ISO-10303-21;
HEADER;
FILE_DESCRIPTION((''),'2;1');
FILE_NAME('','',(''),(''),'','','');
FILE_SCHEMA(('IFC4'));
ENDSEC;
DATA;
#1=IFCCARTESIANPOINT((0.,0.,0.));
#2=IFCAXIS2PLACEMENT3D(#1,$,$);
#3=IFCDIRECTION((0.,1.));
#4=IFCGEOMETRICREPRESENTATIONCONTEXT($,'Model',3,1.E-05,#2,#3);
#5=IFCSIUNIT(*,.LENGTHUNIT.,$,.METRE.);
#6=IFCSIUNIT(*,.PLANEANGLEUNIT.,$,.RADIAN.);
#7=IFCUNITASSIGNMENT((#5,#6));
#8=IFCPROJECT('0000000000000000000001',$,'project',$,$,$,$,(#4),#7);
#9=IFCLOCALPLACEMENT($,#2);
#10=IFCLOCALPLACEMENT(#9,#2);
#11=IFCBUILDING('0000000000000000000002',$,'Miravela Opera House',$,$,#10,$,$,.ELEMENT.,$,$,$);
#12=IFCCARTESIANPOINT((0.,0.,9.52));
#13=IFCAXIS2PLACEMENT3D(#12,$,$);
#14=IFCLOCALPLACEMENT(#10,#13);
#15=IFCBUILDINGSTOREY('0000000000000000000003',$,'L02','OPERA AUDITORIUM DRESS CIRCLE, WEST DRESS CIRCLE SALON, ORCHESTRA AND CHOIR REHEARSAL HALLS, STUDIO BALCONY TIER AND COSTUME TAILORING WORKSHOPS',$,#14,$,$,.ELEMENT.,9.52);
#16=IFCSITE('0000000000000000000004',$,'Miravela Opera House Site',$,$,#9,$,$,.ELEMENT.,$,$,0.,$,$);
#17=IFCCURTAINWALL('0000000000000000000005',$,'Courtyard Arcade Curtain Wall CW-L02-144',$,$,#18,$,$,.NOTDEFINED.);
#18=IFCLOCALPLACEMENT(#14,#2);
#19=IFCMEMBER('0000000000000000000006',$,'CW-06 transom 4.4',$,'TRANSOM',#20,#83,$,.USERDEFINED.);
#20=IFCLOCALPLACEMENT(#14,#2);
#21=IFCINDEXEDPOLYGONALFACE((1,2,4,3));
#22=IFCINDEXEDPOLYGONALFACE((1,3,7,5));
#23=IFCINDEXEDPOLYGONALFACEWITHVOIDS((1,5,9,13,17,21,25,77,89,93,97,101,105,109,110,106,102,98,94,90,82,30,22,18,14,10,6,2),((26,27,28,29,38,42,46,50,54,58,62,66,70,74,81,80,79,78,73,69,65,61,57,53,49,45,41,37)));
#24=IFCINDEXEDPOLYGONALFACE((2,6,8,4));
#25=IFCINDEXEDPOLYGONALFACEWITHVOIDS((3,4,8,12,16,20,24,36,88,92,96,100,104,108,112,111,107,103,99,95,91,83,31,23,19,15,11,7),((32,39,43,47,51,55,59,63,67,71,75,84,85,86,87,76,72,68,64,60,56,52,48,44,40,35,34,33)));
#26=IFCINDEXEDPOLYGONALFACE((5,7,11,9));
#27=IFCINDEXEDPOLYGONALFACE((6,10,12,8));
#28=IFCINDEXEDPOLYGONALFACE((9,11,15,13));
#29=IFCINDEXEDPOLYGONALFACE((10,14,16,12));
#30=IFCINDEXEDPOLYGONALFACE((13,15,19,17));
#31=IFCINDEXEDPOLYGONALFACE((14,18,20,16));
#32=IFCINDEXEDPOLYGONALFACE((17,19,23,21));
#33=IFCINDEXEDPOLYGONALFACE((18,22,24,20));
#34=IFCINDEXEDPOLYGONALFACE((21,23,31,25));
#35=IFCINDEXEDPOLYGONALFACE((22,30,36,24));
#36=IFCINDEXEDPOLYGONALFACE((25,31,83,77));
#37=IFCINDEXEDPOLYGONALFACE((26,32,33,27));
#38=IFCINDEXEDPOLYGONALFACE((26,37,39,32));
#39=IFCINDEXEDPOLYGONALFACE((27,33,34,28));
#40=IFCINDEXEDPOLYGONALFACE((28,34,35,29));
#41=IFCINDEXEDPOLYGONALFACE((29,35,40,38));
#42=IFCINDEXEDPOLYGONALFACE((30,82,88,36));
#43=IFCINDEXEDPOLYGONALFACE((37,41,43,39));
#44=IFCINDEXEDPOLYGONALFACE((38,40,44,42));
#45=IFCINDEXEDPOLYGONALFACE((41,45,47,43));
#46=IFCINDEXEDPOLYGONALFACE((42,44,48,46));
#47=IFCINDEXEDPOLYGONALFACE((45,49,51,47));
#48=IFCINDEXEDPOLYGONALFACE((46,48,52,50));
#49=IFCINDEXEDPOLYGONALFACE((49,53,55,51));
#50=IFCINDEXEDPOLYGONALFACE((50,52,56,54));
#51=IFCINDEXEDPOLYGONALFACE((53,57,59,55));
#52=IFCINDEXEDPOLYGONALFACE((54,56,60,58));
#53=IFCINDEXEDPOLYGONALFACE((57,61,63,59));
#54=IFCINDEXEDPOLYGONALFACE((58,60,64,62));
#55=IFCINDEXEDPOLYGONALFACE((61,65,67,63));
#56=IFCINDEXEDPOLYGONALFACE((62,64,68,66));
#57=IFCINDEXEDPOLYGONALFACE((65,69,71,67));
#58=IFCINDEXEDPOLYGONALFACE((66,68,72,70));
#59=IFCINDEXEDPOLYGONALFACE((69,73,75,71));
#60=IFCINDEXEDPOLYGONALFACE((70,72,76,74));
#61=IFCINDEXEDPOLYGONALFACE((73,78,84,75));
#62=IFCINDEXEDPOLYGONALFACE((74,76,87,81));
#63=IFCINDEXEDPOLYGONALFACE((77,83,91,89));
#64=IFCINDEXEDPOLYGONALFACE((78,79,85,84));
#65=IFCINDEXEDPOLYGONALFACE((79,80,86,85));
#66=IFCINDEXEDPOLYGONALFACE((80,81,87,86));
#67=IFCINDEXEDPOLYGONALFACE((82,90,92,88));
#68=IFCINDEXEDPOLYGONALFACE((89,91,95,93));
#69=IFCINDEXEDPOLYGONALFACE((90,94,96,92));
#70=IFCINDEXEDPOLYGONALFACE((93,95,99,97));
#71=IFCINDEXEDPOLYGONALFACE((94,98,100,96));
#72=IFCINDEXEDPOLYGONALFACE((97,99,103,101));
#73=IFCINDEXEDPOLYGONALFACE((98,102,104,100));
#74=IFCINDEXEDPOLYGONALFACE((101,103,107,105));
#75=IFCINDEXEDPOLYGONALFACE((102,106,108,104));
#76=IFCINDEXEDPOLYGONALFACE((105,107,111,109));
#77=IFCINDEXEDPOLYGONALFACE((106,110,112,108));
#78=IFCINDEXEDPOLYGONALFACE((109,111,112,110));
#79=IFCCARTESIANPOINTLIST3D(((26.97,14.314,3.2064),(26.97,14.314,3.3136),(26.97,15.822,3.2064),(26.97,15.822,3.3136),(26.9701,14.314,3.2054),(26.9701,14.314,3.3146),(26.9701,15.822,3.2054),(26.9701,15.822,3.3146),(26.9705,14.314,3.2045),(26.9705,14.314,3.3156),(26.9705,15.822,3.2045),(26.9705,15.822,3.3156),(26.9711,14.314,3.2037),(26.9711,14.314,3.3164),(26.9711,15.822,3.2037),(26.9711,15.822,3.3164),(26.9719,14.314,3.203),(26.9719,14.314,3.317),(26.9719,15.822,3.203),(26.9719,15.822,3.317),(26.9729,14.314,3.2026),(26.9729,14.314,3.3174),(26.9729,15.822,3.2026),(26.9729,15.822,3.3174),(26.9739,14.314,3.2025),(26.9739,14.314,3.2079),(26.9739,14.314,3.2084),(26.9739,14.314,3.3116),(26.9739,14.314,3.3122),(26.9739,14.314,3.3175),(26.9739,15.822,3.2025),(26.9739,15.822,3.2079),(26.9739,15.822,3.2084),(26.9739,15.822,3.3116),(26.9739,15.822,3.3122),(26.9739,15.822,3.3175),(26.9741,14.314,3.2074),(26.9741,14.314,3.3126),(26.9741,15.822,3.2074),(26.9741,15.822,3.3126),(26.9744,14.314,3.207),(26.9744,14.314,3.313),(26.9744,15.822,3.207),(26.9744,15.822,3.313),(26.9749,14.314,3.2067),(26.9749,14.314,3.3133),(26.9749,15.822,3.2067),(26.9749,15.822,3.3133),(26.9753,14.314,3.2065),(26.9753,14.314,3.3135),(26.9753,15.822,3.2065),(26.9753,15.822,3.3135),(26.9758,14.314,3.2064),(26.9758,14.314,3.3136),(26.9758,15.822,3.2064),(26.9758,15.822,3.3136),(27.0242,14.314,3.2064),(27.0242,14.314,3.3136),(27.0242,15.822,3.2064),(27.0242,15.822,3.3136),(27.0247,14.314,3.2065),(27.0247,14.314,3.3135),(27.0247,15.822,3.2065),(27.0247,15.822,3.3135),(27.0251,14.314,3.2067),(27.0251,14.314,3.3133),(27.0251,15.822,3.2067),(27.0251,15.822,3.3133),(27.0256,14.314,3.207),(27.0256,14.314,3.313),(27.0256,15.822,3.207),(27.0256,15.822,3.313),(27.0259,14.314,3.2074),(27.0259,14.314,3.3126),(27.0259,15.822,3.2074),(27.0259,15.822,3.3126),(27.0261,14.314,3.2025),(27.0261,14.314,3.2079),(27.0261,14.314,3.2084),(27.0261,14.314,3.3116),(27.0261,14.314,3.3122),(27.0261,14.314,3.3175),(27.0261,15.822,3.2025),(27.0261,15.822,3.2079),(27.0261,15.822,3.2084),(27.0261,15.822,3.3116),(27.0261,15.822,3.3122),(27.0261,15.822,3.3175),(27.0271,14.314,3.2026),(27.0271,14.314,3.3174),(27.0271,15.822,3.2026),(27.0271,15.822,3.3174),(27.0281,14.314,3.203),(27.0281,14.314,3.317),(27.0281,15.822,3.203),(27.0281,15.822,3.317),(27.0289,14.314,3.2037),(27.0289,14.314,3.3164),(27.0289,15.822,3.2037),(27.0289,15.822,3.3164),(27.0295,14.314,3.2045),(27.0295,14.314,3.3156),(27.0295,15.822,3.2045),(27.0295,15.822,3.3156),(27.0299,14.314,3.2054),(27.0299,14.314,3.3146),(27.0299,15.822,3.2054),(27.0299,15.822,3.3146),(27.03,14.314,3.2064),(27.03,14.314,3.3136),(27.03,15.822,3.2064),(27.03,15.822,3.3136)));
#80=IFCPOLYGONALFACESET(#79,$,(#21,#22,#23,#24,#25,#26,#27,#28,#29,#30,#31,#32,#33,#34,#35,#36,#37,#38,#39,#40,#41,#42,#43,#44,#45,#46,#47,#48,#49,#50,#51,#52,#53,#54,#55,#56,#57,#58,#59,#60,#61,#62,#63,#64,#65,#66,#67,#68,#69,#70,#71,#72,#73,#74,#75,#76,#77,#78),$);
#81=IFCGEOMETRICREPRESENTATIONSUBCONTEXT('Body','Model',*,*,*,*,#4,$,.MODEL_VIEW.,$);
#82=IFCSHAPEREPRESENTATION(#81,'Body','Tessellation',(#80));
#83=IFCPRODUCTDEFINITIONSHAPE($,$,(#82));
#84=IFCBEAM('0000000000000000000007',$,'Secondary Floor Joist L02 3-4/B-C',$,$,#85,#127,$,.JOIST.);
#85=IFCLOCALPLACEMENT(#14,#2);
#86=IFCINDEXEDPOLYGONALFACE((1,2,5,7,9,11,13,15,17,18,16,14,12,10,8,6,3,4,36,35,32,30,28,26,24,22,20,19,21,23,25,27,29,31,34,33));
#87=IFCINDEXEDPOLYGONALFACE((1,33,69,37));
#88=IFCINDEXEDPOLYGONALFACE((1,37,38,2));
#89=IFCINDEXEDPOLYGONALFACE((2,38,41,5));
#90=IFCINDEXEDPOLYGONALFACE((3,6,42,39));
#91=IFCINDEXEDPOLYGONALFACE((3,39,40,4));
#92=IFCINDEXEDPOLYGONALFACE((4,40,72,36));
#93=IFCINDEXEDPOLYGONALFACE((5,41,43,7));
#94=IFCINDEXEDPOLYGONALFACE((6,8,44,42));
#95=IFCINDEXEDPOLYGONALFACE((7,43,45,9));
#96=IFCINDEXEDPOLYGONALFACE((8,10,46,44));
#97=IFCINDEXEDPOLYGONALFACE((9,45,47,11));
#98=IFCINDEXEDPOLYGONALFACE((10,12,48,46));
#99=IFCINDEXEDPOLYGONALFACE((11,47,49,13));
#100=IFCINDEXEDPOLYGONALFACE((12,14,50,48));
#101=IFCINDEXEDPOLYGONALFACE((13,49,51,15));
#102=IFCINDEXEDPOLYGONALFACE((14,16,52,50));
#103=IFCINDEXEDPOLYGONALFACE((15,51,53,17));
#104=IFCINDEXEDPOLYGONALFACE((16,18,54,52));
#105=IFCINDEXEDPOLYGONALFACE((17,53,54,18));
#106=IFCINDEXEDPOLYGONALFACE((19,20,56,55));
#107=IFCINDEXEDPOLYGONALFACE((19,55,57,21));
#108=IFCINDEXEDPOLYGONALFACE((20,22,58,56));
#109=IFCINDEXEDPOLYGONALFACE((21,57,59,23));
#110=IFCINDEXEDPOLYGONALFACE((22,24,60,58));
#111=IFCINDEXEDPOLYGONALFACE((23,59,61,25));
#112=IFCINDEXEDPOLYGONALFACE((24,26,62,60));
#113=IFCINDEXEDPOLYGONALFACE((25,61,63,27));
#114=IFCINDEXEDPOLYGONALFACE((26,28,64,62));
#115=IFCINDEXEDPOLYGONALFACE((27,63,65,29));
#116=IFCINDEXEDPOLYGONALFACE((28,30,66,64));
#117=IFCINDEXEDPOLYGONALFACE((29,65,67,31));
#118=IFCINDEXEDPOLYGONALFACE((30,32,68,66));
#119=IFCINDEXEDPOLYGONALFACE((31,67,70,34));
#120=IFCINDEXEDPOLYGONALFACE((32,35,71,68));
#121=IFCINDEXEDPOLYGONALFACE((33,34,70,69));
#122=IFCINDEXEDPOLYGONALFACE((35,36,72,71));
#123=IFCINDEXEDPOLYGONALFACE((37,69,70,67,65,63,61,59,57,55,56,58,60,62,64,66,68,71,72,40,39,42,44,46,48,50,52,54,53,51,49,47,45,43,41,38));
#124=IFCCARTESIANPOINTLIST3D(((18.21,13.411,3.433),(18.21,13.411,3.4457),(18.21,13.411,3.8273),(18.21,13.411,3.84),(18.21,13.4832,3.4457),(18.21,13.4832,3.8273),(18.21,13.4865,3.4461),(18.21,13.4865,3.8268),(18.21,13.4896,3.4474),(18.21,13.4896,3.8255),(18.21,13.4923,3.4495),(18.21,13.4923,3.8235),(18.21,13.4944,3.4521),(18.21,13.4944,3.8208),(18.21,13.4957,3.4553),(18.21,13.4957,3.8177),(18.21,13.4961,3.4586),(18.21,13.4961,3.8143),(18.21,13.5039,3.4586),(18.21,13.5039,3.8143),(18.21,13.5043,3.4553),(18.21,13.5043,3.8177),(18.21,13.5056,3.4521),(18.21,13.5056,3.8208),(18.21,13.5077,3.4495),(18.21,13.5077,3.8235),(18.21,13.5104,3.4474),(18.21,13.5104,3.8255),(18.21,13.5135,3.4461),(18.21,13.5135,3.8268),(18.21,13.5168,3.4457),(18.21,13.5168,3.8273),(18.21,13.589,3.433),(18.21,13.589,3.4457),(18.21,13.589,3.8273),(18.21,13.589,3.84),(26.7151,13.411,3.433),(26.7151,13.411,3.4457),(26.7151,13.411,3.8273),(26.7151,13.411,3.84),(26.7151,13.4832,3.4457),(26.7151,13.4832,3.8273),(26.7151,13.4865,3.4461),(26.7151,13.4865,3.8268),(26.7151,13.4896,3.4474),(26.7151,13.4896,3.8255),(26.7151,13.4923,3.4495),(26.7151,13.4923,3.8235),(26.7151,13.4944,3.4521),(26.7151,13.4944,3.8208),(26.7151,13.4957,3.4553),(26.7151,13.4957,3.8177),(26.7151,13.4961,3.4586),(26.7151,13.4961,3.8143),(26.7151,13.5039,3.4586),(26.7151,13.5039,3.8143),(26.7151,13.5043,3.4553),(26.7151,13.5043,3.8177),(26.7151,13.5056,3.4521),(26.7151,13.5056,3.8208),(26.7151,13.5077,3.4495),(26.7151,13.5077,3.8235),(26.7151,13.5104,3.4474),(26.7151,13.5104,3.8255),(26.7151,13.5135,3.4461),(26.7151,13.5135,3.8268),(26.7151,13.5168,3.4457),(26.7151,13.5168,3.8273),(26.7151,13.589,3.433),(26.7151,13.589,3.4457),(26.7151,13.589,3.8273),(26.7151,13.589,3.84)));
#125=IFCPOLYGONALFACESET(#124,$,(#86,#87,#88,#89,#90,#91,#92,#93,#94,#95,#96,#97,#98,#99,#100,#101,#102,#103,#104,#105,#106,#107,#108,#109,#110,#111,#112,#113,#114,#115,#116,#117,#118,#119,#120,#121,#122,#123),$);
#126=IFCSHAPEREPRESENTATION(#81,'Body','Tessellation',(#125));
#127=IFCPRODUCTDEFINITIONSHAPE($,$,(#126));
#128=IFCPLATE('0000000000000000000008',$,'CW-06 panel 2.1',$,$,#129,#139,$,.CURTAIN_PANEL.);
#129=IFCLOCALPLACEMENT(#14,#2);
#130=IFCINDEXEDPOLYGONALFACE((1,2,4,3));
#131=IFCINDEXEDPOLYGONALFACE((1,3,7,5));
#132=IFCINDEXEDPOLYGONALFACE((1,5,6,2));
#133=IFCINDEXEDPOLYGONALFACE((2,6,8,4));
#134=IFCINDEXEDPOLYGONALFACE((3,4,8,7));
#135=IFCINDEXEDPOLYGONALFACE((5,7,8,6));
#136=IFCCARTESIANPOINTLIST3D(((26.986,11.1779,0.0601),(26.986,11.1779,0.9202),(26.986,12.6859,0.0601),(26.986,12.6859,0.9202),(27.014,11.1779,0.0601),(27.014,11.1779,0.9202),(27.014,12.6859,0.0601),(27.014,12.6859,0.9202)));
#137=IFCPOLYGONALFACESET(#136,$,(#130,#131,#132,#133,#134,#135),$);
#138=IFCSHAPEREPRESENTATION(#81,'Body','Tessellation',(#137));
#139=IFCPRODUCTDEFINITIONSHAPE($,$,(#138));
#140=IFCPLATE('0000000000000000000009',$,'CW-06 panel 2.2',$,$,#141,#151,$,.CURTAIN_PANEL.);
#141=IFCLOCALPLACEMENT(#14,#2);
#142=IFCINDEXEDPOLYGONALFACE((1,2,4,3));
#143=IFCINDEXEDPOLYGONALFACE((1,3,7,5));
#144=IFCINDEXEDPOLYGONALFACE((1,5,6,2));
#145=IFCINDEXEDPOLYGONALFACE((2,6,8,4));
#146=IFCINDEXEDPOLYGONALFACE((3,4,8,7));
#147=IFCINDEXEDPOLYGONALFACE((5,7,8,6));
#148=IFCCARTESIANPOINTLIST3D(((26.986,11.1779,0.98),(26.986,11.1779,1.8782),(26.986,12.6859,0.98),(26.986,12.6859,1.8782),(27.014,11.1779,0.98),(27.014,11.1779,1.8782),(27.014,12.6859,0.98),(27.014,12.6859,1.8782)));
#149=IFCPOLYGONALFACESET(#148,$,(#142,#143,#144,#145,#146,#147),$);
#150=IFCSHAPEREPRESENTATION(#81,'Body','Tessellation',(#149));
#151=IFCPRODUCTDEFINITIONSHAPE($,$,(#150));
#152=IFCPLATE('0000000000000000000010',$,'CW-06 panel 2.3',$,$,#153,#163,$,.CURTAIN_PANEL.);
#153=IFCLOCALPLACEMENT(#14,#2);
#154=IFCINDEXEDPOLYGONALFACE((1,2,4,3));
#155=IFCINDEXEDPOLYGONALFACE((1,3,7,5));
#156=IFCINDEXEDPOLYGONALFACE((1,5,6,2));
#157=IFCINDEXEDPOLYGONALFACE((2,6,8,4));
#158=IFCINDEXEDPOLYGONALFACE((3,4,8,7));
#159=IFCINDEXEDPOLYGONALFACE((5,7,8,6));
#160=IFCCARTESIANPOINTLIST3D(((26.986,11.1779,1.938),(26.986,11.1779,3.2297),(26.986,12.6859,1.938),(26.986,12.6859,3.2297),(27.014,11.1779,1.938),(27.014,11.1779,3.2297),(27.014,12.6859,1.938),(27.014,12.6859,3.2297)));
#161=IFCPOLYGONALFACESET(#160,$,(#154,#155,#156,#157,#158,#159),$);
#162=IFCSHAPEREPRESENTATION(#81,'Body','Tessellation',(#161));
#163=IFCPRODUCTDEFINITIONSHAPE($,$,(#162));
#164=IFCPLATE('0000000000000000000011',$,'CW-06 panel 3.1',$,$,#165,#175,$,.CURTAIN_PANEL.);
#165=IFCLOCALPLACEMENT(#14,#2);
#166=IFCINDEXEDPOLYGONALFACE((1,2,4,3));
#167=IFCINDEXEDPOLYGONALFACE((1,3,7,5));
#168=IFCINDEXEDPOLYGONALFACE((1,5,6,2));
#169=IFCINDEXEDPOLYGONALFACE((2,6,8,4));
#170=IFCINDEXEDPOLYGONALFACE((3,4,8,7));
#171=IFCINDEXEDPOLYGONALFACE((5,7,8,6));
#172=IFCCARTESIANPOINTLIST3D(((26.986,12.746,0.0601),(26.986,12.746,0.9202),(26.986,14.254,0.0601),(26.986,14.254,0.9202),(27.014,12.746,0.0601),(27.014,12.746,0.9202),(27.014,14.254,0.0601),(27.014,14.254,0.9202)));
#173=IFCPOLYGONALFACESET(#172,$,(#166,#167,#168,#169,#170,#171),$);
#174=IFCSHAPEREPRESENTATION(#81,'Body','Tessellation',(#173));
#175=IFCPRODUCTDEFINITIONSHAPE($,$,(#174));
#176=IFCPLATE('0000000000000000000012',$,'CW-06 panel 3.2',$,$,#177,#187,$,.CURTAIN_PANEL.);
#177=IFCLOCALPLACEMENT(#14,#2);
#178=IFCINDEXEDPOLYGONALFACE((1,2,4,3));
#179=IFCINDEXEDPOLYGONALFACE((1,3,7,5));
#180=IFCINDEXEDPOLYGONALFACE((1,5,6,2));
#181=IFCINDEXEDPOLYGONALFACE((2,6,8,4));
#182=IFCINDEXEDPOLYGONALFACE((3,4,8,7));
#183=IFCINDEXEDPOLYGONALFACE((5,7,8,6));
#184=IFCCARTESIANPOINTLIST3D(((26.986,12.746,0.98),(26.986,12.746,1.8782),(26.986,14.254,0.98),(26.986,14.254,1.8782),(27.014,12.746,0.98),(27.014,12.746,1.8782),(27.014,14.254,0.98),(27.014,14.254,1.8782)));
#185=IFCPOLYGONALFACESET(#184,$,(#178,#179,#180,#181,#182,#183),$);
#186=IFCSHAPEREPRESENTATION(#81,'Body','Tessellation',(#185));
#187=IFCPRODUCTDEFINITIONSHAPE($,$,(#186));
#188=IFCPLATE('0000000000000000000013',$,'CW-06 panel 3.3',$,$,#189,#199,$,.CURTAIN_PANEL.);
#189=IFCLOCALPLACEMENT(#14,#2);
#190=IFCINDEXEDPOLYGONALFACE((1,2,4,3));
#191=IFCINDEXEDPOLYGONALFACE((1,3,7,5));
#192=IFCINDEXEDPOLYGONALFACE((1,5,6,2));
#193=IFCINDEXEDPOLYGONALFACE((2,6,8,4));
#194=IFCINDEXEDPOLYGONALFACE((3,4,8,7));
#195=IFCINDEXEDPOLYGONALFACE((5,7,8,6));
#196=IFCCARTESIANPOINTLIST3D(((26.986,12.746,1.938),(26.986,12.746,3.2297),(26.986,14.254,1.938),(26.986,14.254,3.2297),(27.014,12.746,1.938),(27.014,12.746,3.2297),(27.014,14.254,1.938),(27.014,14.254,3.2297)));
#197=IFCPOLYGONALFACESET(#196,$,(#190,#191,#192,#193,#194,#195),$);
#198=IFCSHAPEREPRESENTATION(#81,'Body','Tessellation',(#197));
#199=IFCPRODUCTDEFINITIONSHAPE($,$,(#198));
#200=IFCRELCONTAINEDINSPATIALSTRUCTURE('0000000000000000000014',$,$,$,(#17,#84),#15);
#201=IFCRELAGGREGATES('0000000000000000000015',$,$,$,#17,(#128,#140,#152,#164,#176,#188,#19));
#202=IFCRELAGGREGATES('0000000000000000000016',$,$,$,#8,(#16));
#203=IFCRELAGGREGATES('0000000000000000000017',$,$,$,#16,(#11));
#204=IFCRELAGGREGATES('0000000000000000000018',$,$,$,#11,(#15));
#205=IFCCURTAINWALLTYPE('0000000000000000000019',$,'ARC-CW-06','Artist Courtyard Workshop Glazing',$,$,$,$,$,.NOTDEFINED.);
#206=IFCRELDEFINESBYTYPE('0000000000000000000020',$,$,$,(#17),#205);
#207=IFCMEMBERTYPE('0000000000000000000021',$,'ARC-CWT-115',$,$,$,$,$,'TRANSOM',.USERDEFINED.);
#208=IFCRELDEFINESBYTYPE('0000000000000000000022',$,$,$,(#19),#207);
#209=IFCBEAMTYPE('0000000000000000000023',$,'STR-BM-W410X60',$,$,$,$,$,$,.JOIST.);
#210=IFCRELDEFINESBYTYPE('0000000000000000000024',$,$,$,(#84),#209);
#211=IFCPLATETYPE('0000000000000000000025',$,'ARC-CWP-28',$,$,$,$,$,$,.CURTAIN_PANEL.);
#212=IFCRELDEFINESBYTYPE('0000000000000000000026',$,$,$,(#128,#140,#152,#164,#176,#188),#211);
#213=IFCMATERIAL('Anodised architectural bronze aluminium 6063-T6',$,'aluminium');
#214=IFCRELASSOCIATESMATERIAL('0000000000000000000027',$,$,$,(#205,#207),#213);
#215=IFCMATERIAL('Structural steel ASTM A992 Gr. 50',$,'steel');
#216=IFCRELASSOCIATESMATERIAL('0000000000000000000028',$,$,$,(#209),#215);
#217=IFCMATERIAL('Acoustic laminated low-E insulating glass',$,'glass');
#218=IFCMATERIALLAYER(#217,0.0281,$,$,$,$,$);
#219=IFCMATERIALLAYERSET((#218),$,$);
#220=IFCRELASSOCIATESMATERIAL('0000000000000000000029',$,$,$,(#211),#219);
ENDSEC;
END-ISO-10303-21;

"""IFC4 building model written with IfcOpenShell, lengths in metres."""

from ifc_helpers import new_model, si_unit, direction, frame, origin, origin_2d, place, context, subcontext, project, spatial, rectangle, hollow_rectangle, i_section, extrude, material, layer, layer_set, material_profile, profile_set, type_object, element, aggregate, save


model = new_model("IFC4")

# Units and contexts
model_context = context("Model", 3, precision=1e-05, world=origin(), true_north=direction((0.0, 1.0)))
body_context = subcontext(model_context, "Body", "Model", "MODEL_VIEW")
ifc_project = project(units=[si_unit("LENGTHUNIT", "METRE"), si_unit("PLANEANGLEUNIT", "RADIAN")], contexts=[model_context])

# Site, building, storey
site_placement = place(None, origin())
site = spatial("IfcSite", under=ifc_project, at=site_placement, Name="Miravela Opera House Site", CompositionType="ELEMENT", RefElevation=0.0)
building_placement = place(site_placement, origin())
building = spatial("IfcBuilding", under=site, at=building_placement, Name="Miravela Opera House", CompositionType="ELEMENT")
storey_placement = place(building_placement, frame((0.0, 0.0, 9.52)))
storey = spatial("IfcBuildingStorey", under=building, at=storey_placement, Name="L02", Description="OPERA AUDITORIUM DRESS CIRCLE, WEST DRESS CIRCLE SALON, ORCHESTRA AND CHOIR REHEARSAL HALLS, STUDIO BALCONY TIER AND COSTUME TAILORING WORKSHOPS", CompositionType="ELEMENT", Elevation=9.52)

# Curtain wall, member
ifc_material_1 = material(Name="Anodised architectural bronze aluminium 6063-T6", Category="aluminium")
curtain_wall_type = type_object("IfcCurtainWallType", Name="ARC-CW-06", Description="Artist Courtyard Workshop Glazing", PredefinedType="NOTDEFINED", material=ifc_material_1)
curtain_wall_placement = place(storey_placement, origin())
curtain_wall = element("IfcCurtainWall", 1, at=curtain_wall_placement, inside=storey, type_object=curtain_wall_type, Name="Courtyard Arcade Curtain Wall CW-L02-144", PredefinedType="NOTDEFINED")
ifc_material_profile_1 = material_profile(ifc_material_1, hollow_rectangle(XDim=0.0601, YDim=0.115, WallThickness=0.0039, InnerFilletRadius=0.002, OuterFilletRadius=0.0039, at=origin_2d()), Name="CWT-60X115")
ifc_profile_set_1 = profile_set([ifc_material_profile_1])
member_type_1 = type_object("IfcMemberType", Name="ARC-CWT-115", ElementType="TRANSOM", PredefinedType="USERDEFINED", material=ifc_profile_set_1)
member_1_placement = place(storey_placement, frame((27.0, 14.314, 3.26), z_axis=(0.0, 1.0, 0.0), x_axis=(-1.0, 0.0, 0.0)))
member_1 = element("IfcMember", 2, at=member_1_placement, type_object=member_type_1, Name="CW-06 transom 4.4", ObjectType="TRANSOM", PredefinedType="USERDEFINED", context=body_context, shape_type="SweptSolid", body=[
    extrude(hollow_rectangle(XDim=0.0601, YDim=0.115, WallThickness=0.0039, InnerFilletRadius=0.002, OuterFilletRadius=0.0039, at=origin_2d()), origin(), (0.0, 0.0, 1.0), 1.5081),
])

# Beam
ifc_material_2 = material(Name="Structural steel ASTM A992 Gr. 50", Category="steel")
ifc_material_profile_2 = material_profile(ifc_material_2, i_section(OverallWidth=0.178, OverallDepth=0.407, WebThickness=0.0078, FlangeThickness=0.0127, FilletRadius=0.0129, at=origin_2d()), Name="W410X60")
ifc_profile_set_2 = profile_set([ifc_material_profile_2])
beam_type = type_object("IfcBeamType", Name="STR-BM-W410X60", PredefinedType="JOIST", material=ifc_profile_set_2)
beam_placement = place(storey_placement, frame((18.21, 13.5, 3.6365), z_axis=(1.0, 0.0, 0.0), x_axis=(0.0, 1.0, 0.0)))
element("IfcBeam", 3, at=beam_placement, inside=storey, type_object=beam_type, Name="Secondary Floor Joist L02 3-4/B-C", PredefinedType="JOIST", context=body_context, shape_type="SweptSolid", body=[
    extrude(i_section(OverallWidth=0.178, OverallDepth=0.407, WebThickness=0.0078, FlangeThickness=0.0127, FilletRadius=0.0129, at=origin_2d()), origin(), (0.0, 0.0, 1.0), 8.5051),
])

# Plates
ifc_material_3 = material(Name="Acoustic laminated low-E insulating glass", Category="glass")
ifc_layer = layer(ifc_material_3, 0.0281)
ifc_layer_set = layer_set([ifc_layer])
plate_type = type_object("IfcPlateType", Name="ARC-CWP-28", PredefinedType="CURTAIN_PANEL", material=ifc_layer_set)
plate_1_placement = place(storey_placement, frame((27.0, 11.9319, 0.0601), z_axis=(0.0, 0.0, 1.0), x_axis=(0.0, 1.0, 0.0)))
plate_1 = element("IfcPlate", 4, at=plate_1_placement, type_object=plate_type, Name="CW-06 panel 2.1", PredefinedType="CURTAIN_PANEL", context=body_context, shape_type="SweptSolid", body=[
    extrude(rectangle(XDim=1.5081, YDim=0.0281, at=origin_2d()), origin(), (0.0, 0.0, 1.0), 0.8601),
])
plate_2_placement = place(storey_placement, frame((27.0, 11.9319, 0.98), z_axis=(0.0, 0.0, 1.0), x_axis=(0.0, 1.0, 0.0)))
plate_2 = element("IfcPlate", 5, at=plate_2_placement, type_object=plate_type, Name="CW-06 panel 2.2", PredefinedType="CURTAIN_PANEL", context=body_context, shape_type="SweptSolid", body=[
    extrude(rectangle(XDim=1.5081, YDim=0.0281, at=origin_2d()), origin(), (0.0, 0.0, 1.0), 0.8982),
])
plate_3_placement = place(storey_placement, frame((27.0, 11.9319, 1.938), z_axis=(0.0, 0.0, 1.0), x_axis=(0.0, 1.0, 0.0)))
plate_3 = element("IfcPlate", 6, at=plate_3_placement, type_object=plate_type, Name="CW-06 panel 2.3", PredefinedType="CURTAIN_PANEL", context=body_context, shape_type="SweptSolid", body=[
    extrude(rectangle(XDim=1.5081, YDim=0.0281, at=origin_2d()), origin(), (0.0, 0.0, 1.0), 1.2917),
])
plate_4_placement = place(storey_placement, frame((27.0, 13.5, 0.0601), z_axis=(0.0, 0.0, 1.0), x_axis=(0.0, 1.0, 0.0)))
plate_4 = element("IfcPlate", 7, at=plate_4_placement, type_object=plate_type, Name="CW-06 panel 3.1", PredefinedType="CURTAIN_PANEL", context=body_context, shape_type="SweptSolid", body=[
    extrude(rectangle(XDim=1.5081, YDim=0.0281, at=origin_2d()), origin(), (0.0, 0.0, 1.0), 0.8601),
])
plate_5_placement = place(storey_placement, frame((27.0, 13.5, 0.98), z_axis=(0.0, 0.0, 1.0), x_axis=(0.0, 1.0, 0.0)))
plate_5 = element("IfcPlate", 8, at=plate_5_placement, type_object=plate_type, Name="CW-06 panel 3.2", PredefinedType="CURTAIN_PANEL", context=body_context, shape_type="SweptSolid", body=[
    extrude(rectangle(XDim=1.5081, YDim=0.0281, at=origin_2d()), origin(), (0.0, 0.0, 1.0), 0.8982),
])
plate_6_placement = place(storey_placement, frame((27.0, 13.5, 1.938), z_axis=(0.0, 0.0, 1.0), x_axis=(0.0, 1.0, 0.0)))
plate_6 = element("IfcPlate", 9, at=plate_6_placement, type_object=plate_type, Name="CW-06 panel 3.3", PredefinedType="CURTAIN_PANEL", context=body_context, shape_type="SweptSolid", body=[
    extrude(rectangle(XDim=1.5081, YDim=0.0281, at=origin_2d()), origin(), (0.0, 0.0, 1.0), 1.2917),
])
aggregate(curtain_wall, [plate_1, plate_2, plate_3, plate_4, plate_5, plate_6, member_1])

save(model, "model.ifc")
